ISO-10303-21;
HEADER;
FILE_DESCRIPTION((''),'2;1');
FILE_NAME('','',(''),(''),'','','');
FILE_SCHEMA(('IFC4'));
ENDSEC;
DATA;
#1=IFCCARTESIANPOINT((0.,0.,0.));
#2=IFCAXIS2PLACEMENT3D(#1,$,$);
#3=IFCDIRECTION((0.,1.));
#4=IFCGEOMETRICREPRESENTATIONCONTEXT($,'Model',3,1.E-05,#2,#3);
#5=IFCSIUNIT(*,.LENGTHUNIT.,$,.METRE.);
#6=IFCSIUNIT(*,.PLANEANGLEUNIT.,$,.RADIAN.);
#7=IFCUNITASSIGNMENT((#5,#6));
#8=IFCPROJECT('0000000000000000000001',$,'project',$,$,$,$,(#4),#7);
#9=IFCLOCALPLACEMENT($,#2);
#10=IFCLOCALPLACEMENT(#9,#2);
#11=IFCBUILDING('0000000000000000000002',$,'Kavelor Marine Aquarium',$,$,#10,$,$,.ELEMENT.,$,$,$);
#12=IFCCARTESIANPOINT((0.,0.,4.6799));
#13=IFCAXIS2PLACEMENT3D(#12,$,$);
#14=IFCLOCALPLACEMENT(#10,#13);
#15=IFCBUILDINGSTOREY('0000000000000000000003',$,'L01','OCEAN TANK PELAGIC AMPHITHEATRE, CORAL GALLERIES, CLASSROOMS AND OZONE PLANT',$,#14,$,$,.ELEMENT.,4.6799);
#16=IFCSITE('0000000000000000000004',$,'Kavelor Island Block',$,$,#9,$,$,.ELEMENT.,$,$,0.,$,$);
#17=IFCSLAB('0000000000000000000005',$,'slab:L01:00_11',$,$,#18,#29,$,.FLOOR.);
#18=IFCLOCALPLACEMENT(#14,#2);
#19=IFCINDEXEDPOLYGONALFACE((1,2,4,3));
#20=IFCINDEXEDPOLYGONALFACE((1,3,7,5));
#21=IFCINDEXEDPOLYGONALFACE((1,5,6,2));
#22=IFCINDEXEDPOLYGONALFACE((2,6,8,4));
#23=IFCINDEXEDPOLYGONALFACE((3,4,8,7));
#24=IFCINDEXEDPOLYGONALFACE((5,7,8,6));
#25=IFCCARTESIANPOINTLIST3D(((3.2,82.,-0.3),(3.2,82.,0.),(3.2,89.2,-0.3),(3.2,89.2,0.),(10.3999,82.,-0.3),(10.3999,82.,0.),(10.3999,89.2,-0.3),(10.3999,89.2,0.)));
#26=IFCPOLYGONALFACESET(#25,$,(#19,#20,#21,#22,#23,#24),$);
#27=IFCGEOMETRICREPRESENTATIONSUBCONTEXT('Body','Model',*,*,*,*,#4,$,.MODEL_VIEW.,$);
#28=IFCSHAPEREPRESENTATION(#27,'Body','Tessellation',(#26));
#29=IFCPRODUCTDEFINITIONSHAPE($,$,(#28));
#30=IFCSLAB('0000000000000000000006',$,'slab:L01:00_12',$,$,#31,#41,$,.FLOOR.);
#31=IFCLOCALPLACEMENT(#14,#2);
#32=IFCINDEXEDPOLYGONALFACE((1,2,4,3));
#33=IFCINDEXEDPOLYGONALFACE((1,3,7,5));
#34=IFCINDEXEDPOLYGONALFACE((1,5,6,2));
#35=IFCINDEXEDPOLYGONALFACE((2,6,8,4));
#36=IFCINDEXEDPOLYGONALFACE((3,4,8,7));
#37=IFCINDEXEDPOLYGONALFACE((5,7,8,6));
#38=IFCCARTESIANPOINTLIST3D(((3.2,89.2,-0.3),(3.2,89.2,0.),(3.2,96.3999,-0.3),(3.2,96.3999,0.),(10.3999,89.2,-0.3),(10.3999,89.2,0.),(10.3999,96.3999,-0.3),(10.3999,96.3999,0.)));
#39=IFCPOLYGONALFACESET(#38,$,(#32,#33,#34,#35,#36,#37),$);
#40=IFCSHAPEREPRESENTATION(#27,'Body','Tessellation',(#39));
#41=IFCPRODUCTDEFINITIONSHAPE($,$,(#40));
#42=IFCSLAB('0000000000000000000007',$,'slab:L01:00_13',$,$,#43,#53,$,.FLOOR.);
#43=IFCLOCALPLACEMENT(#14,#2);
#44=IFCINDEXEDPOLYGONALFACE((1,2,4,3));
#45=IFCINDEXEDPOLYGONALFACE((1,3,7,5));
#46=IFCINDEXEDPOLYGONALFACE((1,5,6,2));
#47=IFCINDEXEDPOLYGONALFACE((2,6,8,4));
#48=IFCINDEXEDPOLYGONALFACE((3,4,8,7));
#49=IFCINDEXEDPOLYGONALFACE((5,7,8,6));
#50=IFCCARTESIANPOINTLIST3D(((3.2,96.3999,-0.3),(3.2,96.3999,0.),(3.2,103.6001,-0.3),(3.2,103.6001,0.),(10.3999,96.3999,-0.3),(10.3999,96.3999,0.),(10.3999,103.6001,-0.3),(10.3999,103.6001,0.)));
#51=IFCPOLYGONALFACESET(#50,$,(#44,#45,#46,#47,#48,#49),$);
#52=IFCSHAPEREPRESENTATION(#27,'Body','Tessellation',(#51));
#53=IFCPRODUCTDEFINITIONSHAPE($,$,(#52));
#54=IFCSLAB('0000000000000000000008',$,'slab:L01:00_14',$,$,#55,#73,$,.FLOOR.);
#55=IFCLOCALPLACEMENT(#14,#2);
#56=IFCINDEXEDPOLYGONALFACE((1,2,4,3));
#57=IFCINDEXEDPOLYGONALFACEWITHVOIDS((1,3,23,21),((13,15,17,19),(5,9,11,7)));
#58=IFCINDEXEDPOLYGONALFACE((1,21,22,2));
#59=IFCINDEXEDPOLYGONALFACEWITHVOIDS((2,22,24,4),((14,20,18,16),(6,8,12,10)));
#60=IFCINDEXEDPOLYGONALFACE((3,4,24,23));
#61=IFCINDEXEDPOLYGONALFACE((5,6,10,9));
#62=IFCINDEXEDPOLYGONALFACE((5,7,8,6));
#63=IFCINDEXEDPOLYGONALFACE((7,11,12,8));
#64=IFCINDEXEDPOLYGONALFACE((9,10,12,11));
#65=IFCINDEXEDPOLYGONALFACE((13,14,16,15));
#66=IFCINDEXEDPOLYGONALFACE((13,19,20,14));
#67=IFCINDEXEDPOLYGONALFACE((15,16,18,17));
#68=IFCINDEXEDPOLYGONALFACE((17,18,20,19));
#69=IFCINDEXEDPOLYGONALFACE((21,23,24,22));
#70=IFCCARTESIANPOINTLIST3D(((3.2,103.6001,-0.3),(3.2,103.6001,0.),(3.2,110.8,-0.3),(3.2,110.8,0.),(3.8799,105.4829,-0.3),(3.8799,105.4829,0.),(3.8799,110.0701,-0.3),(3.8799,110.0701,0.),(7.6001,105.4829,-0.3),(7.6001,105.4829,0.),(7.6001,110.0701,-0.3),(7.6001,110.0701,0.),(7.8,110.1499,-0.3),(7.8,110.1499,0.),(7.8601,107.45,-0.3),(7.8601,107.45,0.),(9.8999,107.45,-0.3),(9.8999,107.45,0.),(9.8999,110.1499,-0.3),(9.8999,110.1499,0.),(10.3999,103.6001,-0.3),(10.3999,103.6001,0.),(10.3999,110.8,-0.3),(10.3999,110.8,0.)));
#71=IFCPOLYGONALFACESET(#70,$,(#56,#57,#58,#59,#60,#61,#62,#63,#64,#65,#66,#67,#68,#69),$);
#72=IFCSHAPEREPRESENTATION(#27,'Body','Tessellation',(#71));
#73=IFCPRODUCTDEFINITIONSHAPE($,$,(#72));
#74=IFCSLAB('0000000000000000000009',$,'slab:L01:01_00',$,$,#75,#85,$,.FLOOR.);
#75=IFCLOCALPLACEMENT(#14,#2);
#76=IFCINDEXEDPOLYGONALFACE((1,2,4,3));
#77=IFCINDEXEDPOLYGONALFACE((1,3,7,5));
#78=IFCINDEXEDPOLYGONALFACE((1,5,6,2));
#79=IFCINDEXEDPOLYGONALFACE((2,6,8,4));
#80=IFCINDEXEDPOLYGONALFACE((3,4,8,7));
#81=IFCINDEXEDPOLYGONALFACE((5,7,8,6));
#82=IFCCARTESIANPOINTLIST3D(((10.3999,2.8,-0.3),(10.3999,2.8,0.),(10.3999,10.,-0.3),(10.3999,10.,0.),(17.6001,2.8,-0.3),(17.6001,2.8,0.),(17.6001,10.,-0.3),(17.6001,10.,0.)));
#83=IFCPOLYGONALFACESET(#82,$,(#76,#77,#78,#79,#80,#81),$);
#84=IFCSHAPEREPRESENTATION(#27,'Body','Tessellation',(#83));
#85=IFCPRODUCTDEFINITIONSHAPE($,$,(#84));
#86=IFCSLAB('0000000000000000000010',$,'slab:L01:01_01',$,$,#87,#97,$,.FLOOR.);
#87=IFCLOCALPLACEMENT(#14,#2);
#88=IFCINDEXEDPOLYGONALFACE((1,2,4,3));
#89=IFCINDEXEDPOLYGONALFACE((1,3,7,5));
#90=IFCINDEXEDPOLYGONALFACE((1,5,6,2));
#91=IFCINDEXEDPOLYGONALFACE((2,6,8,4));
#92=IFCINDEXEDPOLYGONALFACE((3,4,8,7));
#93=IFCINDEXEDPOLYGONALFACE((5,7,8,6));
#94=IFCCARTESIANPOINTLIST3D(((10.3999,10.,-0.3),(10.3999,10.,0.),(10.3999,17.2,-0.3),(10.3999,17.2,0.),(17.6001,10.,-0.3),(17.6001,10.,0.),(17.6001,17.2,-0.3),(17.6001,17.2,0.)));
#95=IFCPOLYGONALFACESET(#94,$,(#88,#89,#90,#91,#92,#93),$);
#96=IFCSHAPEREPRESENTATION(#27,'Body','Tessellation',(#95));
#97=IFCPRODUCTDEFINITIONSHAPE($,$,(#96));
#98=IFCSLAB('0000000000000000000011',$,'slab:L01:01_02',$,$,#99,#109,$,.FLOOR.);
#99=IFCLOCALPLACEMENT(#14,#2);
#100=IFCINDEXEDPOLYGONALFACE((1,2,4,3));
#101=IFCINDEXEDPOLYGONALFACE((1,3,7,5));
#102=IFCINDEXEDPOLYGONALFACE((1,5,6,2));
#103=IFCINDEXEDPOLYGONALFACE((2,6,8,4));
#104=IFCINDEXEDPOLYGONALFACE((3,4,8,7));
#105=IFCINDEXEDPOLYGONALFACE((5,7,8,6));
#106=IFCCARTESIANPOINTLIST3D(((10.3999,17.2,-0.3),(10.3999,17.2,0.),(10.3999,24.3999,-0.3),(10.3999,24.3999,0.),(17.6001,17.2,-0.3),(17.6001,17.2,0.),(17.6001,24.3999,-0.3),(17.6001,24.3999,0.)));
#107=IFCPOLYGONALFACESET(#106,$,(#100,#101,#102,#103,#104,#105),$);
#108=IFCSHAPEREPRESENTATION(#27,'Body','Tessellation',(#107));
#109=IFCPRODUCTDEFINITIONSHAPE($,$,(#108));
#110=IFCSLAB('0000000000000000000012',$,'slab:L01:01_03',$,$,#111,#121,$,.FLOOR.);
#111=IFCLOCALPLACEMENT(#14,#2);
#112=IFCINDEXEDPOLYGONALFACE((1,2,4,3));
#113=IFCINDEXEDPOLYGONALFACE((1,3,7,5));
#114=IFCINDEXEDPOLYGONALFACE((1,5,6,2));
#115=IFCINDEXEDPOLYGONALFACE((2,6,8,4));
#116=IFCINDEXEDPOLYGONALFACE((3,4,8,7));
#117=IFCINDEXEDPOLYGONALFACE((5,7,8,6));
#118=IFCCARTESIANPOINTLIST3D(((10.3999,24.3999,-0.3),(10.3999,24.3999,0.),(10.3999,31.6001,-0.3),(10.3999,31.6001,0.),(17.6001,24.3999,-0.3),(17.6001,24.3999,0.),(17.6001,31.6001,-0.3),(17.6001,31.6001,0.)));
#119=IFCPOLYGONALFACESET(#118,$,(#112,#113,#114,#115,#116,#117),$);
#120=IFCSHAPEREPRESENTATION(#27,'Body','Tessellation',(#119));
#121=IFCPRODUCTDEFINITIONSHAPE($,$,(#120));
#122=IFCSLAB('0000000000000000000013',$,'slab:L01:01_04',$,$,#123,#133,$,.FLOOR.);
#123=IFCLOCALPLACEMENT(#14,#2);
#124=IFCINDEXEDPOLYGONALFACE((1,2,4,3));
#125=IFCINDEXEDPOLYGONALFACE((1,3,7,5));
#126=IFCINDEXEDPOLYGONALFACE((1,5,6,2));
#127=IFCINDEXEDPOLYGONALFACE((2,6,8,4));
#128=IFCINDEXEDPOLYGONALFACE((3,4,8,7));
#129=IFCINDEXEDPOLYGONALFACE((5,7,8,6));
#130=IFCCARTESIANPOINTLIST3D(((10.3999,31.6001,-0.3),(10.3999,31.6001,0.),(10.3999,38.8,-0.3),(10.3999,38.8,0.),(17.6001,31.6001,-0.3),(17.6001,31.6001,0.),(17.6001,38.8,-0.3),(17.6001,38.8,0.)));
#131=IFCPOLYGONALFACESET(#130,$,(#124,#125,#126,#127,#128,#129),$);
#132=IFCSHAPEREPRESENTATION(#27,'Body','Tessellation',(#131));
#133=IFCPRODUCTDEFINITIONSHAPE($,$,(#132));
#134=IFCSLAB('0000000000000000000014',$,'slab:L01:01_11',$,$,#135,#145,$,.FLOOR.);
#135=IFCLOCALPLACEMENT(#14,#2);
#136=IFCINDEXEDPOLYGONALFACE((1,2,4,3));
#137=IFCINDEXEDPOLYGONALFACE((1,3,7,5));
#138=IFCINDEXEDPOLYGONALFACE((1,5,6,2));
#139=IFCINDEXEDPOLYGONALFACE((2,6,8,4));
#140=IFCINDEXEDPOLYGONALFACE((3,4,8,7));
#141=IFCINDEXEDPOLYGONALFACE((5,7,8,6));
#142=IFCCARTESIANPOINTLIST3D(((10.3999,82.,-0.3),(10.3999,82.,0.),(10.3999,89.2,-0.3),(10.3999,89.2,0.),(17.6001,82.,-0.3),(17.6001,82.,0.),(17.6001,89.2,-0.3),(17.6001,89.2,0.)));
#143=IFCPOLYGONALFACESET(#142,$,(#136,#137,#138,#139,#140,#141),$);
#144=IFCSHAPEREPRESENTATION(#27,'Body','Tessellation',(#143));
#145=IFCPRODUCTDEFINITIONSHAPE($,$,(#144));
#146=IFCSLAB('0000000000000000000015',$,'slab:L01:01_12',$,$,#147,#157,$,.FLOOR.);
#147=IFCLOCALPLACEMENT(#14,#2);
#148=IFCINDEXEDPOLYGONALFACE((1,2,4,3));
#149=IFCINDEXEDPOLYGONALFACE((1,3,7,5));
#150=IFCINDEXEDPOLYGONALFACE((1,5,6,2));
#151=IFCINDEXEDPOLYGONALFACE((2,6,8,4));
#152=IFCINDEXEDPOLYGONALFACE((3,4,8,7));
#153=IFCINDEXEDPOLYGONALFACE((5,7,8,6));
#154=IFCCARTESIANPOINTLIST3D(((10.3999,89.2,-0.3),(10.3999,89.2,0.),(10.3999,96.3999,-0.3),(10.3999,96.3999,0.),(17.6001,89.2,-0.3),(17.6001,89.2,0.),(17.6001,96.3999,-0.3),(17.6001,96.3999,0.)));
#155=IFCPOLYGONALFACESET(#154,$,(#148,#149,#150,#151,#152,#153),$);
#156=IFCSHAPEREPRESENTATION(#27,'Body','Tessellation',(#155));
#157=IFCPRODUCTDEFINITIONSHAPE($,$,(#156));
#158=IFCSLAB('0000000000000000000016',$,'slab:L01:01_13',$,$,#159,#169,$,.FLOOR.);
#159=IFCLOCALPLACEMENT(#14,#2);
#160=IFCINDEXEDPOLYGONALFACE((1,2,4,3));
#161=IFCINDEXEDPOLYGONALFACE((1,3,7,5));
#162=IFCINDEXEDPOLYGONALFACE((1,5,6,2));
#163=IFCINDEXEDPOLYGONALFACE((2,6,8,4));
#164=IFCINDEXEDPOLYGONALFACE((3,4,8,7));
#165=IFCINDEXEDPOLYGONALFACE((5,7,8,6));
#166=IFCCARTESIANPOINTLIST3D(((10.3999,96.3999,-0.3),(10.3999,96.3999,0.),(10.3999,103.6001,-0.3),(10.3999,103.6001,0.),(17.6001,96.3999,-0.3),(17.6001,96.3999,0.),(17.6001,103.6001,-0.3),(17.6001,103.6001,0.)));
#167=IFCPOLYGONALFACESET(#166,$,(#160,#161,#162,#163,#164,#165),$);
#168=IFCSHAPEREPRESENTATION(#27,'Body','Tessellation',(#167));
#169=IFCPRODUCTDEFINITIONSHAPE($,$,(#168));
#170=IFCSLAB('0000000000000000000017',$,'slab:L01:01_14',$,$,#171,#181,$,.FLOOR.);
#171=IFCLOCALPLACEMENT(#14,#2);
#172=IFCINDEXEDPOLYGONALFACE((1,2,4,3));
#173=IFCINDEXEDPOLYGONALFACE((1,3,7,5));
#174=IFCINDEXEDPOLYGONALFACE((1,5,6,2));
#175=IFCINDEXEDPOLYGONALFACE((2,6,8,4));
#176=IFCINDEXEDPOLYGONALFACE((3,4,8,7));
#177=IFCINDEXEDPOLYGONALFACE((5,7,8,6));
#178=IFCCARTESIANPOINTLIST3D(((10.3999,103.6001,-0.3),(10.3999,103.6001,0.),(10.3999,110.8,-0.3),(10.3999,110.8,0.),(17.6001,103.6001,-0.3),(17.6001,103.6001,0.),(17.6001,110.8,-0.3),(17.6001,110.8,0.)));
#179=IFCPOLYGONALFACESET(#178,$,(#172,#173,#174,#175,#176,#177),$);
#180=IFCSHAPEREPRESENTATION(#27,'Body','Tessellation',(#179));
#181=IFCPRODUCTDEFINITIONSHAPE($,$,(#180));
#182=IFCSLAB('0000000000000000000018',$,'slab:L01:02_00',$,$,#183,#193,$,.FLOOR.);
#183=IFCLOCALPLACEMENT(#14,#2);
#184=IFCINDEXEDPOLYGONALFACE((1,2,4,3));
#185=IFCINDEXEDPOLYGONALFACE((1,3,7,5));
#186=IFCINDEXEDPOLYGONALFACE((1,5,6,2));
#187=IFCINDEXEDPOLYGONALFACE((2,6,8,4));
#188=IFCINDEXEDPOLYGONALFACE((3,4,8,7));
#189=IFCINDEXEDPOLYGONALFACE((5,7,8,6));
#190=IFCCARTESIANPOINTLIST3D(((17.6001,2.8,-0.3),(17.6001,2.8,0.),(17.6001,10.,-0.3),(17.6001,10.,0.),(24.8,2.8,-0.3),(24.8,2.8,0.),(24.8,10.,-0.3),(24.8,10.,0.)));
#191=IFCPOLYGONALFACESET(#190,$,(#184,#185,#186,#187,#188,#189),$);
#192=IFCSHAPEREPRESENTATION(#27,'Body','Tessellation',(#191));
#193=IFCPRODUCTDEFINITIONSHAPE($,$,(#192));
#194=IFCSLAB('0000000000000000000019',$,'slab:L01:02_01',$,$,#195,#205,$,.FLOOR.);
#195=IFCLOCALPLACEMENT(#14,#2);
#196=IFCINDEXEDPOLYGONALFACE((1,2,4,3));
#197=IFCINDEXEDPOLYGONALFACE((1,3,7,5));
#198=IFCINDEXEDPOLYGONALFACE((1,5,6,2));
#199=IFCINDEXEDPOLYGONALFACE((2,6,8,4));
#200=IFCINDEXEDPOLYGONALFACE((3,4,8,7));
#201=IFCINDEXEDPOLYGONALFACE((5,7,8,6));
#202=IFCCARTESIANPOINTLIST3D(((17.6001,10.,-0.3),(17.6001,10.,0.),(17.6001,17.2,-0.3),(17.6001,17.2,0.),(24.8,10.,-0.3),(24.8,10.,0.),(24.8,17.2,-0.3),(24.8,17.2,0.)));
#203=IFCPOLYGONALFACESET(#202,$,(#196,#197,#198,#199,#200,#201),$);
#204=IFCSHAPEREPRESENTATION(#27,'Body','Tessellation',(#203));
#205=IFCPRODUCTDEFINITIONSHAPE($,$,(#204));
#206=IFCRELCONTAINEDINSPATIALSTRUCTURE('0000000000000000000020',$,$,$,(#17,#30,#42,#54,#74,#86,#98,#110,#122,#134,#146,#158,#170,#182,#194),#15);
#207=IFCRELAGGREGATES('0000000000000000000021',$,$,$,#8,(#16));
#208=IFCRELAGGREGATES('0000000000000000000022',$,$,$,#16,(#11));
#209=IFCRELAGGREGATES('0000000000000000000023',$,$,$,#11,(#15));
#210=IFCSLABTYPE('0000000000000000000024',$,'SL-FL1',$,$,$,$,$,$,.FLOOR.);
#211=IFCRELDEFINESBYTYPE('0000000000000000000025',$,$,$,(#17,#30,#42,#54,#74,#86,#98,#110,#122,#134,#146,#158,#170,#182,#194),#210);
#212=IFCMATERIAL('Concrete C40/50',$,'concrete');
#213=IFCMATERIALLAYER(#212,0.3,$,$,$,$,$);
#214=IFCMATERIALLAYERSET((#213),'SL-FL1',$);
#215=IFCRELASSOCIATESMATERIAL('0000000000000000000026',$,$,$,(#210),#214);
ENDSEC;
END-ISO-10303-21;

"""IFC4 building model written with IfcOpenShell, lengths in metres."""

from ifc_helpers import new_model, si_unit, direction, frame, origin, place, context, subcontext, project, spatial, polyline, outline, extrude, material, layer, layer_set, type_object, element, save


model = new_model("IFC4")

# Units and contexts
model_context = context("Model", 3, precision=1e-05, world=origin(), true_north=direction((0.0, 1.0)))
body_context = subcontext(model_context, "Body", "Model", "MODEL_VIEW")
ifc_project = project(units=[si_unit("LENGTHUNIT", "METRE"), si_unit("PLANEANGLEUNIT", "RADIAN")], contexts=[model_context])

# Site, building, storey
site_placement = place(None, origin())
site = spatial("IfcSite", under=ifc_project, at=site_placement, Name="Kavelor Island Block", CompositionType="ELEMENT", RefElevation=0.0)
building_placement = place(site_placement, origin())
building = spatial("IfcBuilding", under=site, at=building_placement, Name="Kavelor Marine Aquarium", CompositionType="ELEMENT")
storey_placement = place(building_placement, frame((0.0, 0.0, 4.6799)))
storey = spatial("IfcBuildingStorey", under=building, at=storey_placement, Name="L01", Description="OCEAN TANK PELAGIC AMPHITHEATRE, CORAL GALLERIES, CLASSROOMS AND OZONE PLANT", CompositionType="ELEMENT", Elevation=4.6799)

# Slabs
ifc_material = material(Name="Concrete C40/50", Category="concrete")
ifc_layer = layer(ifc_material, 0.3)
ifc_layer_set = layer_set([ifc_layer], Name="SL-FL1")
slab_type = type_object("IfcSlabType", Name="SL-FL1", PredefinedType="FLOOR", material=ifc_layer_set)
slab_1_placement = place(storey_placement, frame((0.0, 0.0, -0.3)))
element("IfcSlab", 1, at=slab_1_placement, inside=storey, type_object=slab_type, Name="slab:L01:00_11", PredefinedType="FLOOR", context=body_context, shape_type="SweptSolid", body=[
    extrude(outline(polyline([(3.2, 82.0), (10.3999, 82.0), (10.3999, 89.2), (3.2, 89.2), (3.2, 82.0)])), origin(), (0.0, 0.0, 1.0), 0.3),
])
slab_2_placement = place(storey_placement, frame((0.0, 0.0, -0.3)))
element("IfcSlab", 2, at=slab_2_placement, inside=storey, type_object=slab_type, Name="slab:L01:00_12", PredefinedType="FLOOR", context=body_context, shape_type="SweptSolid", body=[
    extrude(outline(polyline([(3.2, 89.2), (10.3999, 89.2), (10.3999, 96.3999), (3.2, 96.3999), (3.2, 89.2)])), origin(), (0.0, 0.0, 1.0), 0.3),
])
slab_3_placement = place(storey_placement, frame((0.0, 0.0, -0.3)))
element("IfcSlab", 3, at=slab_3_placement, inside=storey, type_object=slab_type, Name="slab:L01:00_13", PredefinedType="FLOOR", context=body_context, shape_type="SweptSolid", body=[
    extrude(outline(polyline([(3.2, 96.3999), (10.3999, 96.3999), (10.3999, 103.6001), (3.2, 103.6001), (3.2, 96.3999)])), origin(), (0.0, 0.0, 1.0), 0.3),
])
slab_4_placement = place(storey_placement, frame((0.0, 0.0, -0.3)))
element("IfcSlab", 4, at=slab_4_placement, inside=storey, type_object=slab_type, Name="slab:L01:00_14", PredefinedType="FLOOR", context=body_context, shape_type="SweptSolid", body=[
    extrude(outline(polyline([(3.2, 103.6001), (10.3999, 103.6001), (10.3999, 110.8), (3.2, 110.8), (3.2, 103.6001)]), holes=[polyline([(3.8799, 105.4829), (7.6001, 105.4829), (7.6001, 110.0701), (3.8799, 110.0701), (3.8799, 105.4829)]), polyline([(7.8601, 107.45), (9.8999, 107.45), (9.8999, 110.1499), (7.8, 110.1499), (7.8601, 107.45)])]), origin(), (0.0, 0.0, 1.0), 0.3),
])
slab_5_placement = place(storey_placement, frame((0.0, 0.0, -0.3)))
element("IfcSlab", 5, at=slab_5_placement, inside=storey, type_object=slab_type, Name="slab:L01:01_00", PredefinedType="FLOOR", context=body_context, shape_type="SweptSolid", body=[
    extrude(outline(polyline([(10.3999, 2.8), (17.6001, 2.8), (17.6001, 10.0), (10.3999, 10.0), (10.3999, 2.8)])), origin(), (0.0, 0.0, 1.0), 0.3),
])
slab_6_placement = place(storey_placement, frame((0.0, 0.0, -0.3)))
element("IfcSlab", 6, at=slab_6_placement, inside=storey, type_object=slab_type, Name="slab:L01:01_01", PredefinedType="FLOOR", context=body_context, shape_type="SweptSolid", body=[
    extrude(outline(polyline([(10.3999, 10.0), (17.6001, 10.0), (17.6001, 17.2), (10.3999, 17.2), (10.3999, 10.0)])), origin(), (0.0, 0.0, 1.0), 0.3),
])
slab_7_placement = place(storey_placement, frame((0.0, 0.0, -0.3)))
element("IfcSlab", 7, at=slab_7_placement, inside=storey, type_object=slab_type, Name="slab:L01:01_02", PredefinedType="FLOOR", context=body_context, shape_type="SweptSolid", body=[
    extrude(outline(polyline([(10.3999, 17.2), (17.6001, 17.2), (17.6001, 24.3999), (10.3999, 24.3999), (10.3999, 17.2)])), origin(), (0.0, 0.0, 1.0), 0.3),
])
slab_8_placement = place(storey_placement, frame((0.0, 0.0, -0.3)))
element("IfcSlab", 8, at=slab_8_placement, inside=storey, type_object=slab_type, Name="slab:L01:01_03", PredefinedType="FLOOR", context=body_context, shape_type="SweptSolid", body=[
    extrude(outline(polyline([(10.3999, 24.3999), (17.6001, 24.3999), (17.6001, 31.6001), (10.3999, 31.6001), (10.3999, 24.3999)])), origin(), (0.0, 0.0, 1.0), 0.3),
])
slab_9_placement = place(storey_placement, frame((0.0, 0.0, -0.3)))
element("IfcSlab", 9, at=slab_9_placement, inside=storey, type_object=slab_type, Name="slab:L01:01_04", PredefinedType="FLOOR", context=body_context, shape_type="SweptSolid", body=[
    extrude(outline(polyline([(10.3999, 31.6001), (17.6001, 31.6001), (17.6001, 38.8), (10.3999, 38.8), (10.3999, 31.6001)])), origin(), (0.0, 0.0, 1.0), 0.3),
])
slab_10_placement = place(storey_placement, frame((0.0, 0.0, -0.3)))
element("IfcSlab", 10, at=slab_10_placement, inside=storey, type_object=slab_type, Name="slab:L01:01_11", PredefinedType="FLOOR", context=body_context, shape_type="SweptSolid", body=[
    extrude(outline(polyline([(10.3999, 82.0), (17.6001, 82.0), (17.6001, 89.2), (10.3999, 89.2), (10.3999, 82.0)])), origin(), (0.0, 0.0, 1.0), 0.3),
])
slab_11_placement = place(storey_placement, frame((0.0, 0.0, -0.3)))
element("IfcSlab", 11, at=slab_11_placement, inside=storey, type_object=slab_type, Name="slab:L01:01_12", PredefinedType="FLOOR", context=body_context, shape_type="SweptSolid", body=[
    extrude(outline(polyline([(10.3999, 89.2), (17.6001, 89.2), (17.6001, 96.3999), (10.3999, 96.3999), (10.3999, 89.2)])), origin(), (0.0, 0.0, 1.0), 0.3),
])
slab_12_placement = place(storey_placement, frame((0.0, 0.0, -0.3)))
element("IfcSlab", 12, at=slab_12_placement, inside=storey, type_object=slab_type, Name="slab:L01:01_13", PredefinedType="FLOOR", context=body_context, shape_type="SweptSolid", body=[
    extrude(outline(polyline([(10.3999, 96.3999), (17.6001, 96.3999), (17.6001, 103.6001), (10.3999, 103.6001), (10.3999, 96.3999)])), origin(), (0.0, 0.0, 1.0), 0.3),
])
slab_13_placement = place(storey_placement, frame((0.0, 0.0, -0.3)))
element("IfcSlab", 13, at=slab_13_placement, inside=storey, type_object=slab_type, Name="slab:L01:01_14", PredefinedType="FLOOR", context=body_context, shape_type="SweptSolid", body=[
    extrude(outline(polyline([(10.3999, 103.6001), (17.6001, 103.6001), (17.6001, 110.8), (10.3999, 110.8), (10.3999, 103.6001)])), origin(), (0.0, 0.0, 1.0), 0.3),
])
slab_14_placement = place(storey_placement, frame((0.0, 0.0, -0.3)))
element("IfcSlab", 14, at=slab_14_placement, inside=storey, type_object=slab_type, Name="slab:L01:02_00", PredefinedType="FLOOR", context=body_context, shape_type="SweptSolid", body=[
    extrude(outline(polyline([(17.6001, 2.8), (24.8, 2.8), (24.8, 10.0), (17.6001, 10.0), (17.6001, 2.8)])), origin(), (0.0, 0.0, 1.0), 0.3),
])
slab_15_placement = place(storey_placement, frame((0.0, 0.0, -0.3)))
element("IfcSlab", 15, at=slab_15_placement, inside=storey, type_object=slab_type, Name="slab:L01:02_01", PredefinedType="FLOOR", context=body_context, shape_type="SweptSolid", body=[
    extrude(outline(polyline([(17.6001, 10.0), (24.8, 10.0), (24.8, 17.2), (17.6001, 17.2), (17.6001, 10.0)])), origin(), (0.0, 0.0, 1.0), 0.3),
])

save(model, "model.ifc")
